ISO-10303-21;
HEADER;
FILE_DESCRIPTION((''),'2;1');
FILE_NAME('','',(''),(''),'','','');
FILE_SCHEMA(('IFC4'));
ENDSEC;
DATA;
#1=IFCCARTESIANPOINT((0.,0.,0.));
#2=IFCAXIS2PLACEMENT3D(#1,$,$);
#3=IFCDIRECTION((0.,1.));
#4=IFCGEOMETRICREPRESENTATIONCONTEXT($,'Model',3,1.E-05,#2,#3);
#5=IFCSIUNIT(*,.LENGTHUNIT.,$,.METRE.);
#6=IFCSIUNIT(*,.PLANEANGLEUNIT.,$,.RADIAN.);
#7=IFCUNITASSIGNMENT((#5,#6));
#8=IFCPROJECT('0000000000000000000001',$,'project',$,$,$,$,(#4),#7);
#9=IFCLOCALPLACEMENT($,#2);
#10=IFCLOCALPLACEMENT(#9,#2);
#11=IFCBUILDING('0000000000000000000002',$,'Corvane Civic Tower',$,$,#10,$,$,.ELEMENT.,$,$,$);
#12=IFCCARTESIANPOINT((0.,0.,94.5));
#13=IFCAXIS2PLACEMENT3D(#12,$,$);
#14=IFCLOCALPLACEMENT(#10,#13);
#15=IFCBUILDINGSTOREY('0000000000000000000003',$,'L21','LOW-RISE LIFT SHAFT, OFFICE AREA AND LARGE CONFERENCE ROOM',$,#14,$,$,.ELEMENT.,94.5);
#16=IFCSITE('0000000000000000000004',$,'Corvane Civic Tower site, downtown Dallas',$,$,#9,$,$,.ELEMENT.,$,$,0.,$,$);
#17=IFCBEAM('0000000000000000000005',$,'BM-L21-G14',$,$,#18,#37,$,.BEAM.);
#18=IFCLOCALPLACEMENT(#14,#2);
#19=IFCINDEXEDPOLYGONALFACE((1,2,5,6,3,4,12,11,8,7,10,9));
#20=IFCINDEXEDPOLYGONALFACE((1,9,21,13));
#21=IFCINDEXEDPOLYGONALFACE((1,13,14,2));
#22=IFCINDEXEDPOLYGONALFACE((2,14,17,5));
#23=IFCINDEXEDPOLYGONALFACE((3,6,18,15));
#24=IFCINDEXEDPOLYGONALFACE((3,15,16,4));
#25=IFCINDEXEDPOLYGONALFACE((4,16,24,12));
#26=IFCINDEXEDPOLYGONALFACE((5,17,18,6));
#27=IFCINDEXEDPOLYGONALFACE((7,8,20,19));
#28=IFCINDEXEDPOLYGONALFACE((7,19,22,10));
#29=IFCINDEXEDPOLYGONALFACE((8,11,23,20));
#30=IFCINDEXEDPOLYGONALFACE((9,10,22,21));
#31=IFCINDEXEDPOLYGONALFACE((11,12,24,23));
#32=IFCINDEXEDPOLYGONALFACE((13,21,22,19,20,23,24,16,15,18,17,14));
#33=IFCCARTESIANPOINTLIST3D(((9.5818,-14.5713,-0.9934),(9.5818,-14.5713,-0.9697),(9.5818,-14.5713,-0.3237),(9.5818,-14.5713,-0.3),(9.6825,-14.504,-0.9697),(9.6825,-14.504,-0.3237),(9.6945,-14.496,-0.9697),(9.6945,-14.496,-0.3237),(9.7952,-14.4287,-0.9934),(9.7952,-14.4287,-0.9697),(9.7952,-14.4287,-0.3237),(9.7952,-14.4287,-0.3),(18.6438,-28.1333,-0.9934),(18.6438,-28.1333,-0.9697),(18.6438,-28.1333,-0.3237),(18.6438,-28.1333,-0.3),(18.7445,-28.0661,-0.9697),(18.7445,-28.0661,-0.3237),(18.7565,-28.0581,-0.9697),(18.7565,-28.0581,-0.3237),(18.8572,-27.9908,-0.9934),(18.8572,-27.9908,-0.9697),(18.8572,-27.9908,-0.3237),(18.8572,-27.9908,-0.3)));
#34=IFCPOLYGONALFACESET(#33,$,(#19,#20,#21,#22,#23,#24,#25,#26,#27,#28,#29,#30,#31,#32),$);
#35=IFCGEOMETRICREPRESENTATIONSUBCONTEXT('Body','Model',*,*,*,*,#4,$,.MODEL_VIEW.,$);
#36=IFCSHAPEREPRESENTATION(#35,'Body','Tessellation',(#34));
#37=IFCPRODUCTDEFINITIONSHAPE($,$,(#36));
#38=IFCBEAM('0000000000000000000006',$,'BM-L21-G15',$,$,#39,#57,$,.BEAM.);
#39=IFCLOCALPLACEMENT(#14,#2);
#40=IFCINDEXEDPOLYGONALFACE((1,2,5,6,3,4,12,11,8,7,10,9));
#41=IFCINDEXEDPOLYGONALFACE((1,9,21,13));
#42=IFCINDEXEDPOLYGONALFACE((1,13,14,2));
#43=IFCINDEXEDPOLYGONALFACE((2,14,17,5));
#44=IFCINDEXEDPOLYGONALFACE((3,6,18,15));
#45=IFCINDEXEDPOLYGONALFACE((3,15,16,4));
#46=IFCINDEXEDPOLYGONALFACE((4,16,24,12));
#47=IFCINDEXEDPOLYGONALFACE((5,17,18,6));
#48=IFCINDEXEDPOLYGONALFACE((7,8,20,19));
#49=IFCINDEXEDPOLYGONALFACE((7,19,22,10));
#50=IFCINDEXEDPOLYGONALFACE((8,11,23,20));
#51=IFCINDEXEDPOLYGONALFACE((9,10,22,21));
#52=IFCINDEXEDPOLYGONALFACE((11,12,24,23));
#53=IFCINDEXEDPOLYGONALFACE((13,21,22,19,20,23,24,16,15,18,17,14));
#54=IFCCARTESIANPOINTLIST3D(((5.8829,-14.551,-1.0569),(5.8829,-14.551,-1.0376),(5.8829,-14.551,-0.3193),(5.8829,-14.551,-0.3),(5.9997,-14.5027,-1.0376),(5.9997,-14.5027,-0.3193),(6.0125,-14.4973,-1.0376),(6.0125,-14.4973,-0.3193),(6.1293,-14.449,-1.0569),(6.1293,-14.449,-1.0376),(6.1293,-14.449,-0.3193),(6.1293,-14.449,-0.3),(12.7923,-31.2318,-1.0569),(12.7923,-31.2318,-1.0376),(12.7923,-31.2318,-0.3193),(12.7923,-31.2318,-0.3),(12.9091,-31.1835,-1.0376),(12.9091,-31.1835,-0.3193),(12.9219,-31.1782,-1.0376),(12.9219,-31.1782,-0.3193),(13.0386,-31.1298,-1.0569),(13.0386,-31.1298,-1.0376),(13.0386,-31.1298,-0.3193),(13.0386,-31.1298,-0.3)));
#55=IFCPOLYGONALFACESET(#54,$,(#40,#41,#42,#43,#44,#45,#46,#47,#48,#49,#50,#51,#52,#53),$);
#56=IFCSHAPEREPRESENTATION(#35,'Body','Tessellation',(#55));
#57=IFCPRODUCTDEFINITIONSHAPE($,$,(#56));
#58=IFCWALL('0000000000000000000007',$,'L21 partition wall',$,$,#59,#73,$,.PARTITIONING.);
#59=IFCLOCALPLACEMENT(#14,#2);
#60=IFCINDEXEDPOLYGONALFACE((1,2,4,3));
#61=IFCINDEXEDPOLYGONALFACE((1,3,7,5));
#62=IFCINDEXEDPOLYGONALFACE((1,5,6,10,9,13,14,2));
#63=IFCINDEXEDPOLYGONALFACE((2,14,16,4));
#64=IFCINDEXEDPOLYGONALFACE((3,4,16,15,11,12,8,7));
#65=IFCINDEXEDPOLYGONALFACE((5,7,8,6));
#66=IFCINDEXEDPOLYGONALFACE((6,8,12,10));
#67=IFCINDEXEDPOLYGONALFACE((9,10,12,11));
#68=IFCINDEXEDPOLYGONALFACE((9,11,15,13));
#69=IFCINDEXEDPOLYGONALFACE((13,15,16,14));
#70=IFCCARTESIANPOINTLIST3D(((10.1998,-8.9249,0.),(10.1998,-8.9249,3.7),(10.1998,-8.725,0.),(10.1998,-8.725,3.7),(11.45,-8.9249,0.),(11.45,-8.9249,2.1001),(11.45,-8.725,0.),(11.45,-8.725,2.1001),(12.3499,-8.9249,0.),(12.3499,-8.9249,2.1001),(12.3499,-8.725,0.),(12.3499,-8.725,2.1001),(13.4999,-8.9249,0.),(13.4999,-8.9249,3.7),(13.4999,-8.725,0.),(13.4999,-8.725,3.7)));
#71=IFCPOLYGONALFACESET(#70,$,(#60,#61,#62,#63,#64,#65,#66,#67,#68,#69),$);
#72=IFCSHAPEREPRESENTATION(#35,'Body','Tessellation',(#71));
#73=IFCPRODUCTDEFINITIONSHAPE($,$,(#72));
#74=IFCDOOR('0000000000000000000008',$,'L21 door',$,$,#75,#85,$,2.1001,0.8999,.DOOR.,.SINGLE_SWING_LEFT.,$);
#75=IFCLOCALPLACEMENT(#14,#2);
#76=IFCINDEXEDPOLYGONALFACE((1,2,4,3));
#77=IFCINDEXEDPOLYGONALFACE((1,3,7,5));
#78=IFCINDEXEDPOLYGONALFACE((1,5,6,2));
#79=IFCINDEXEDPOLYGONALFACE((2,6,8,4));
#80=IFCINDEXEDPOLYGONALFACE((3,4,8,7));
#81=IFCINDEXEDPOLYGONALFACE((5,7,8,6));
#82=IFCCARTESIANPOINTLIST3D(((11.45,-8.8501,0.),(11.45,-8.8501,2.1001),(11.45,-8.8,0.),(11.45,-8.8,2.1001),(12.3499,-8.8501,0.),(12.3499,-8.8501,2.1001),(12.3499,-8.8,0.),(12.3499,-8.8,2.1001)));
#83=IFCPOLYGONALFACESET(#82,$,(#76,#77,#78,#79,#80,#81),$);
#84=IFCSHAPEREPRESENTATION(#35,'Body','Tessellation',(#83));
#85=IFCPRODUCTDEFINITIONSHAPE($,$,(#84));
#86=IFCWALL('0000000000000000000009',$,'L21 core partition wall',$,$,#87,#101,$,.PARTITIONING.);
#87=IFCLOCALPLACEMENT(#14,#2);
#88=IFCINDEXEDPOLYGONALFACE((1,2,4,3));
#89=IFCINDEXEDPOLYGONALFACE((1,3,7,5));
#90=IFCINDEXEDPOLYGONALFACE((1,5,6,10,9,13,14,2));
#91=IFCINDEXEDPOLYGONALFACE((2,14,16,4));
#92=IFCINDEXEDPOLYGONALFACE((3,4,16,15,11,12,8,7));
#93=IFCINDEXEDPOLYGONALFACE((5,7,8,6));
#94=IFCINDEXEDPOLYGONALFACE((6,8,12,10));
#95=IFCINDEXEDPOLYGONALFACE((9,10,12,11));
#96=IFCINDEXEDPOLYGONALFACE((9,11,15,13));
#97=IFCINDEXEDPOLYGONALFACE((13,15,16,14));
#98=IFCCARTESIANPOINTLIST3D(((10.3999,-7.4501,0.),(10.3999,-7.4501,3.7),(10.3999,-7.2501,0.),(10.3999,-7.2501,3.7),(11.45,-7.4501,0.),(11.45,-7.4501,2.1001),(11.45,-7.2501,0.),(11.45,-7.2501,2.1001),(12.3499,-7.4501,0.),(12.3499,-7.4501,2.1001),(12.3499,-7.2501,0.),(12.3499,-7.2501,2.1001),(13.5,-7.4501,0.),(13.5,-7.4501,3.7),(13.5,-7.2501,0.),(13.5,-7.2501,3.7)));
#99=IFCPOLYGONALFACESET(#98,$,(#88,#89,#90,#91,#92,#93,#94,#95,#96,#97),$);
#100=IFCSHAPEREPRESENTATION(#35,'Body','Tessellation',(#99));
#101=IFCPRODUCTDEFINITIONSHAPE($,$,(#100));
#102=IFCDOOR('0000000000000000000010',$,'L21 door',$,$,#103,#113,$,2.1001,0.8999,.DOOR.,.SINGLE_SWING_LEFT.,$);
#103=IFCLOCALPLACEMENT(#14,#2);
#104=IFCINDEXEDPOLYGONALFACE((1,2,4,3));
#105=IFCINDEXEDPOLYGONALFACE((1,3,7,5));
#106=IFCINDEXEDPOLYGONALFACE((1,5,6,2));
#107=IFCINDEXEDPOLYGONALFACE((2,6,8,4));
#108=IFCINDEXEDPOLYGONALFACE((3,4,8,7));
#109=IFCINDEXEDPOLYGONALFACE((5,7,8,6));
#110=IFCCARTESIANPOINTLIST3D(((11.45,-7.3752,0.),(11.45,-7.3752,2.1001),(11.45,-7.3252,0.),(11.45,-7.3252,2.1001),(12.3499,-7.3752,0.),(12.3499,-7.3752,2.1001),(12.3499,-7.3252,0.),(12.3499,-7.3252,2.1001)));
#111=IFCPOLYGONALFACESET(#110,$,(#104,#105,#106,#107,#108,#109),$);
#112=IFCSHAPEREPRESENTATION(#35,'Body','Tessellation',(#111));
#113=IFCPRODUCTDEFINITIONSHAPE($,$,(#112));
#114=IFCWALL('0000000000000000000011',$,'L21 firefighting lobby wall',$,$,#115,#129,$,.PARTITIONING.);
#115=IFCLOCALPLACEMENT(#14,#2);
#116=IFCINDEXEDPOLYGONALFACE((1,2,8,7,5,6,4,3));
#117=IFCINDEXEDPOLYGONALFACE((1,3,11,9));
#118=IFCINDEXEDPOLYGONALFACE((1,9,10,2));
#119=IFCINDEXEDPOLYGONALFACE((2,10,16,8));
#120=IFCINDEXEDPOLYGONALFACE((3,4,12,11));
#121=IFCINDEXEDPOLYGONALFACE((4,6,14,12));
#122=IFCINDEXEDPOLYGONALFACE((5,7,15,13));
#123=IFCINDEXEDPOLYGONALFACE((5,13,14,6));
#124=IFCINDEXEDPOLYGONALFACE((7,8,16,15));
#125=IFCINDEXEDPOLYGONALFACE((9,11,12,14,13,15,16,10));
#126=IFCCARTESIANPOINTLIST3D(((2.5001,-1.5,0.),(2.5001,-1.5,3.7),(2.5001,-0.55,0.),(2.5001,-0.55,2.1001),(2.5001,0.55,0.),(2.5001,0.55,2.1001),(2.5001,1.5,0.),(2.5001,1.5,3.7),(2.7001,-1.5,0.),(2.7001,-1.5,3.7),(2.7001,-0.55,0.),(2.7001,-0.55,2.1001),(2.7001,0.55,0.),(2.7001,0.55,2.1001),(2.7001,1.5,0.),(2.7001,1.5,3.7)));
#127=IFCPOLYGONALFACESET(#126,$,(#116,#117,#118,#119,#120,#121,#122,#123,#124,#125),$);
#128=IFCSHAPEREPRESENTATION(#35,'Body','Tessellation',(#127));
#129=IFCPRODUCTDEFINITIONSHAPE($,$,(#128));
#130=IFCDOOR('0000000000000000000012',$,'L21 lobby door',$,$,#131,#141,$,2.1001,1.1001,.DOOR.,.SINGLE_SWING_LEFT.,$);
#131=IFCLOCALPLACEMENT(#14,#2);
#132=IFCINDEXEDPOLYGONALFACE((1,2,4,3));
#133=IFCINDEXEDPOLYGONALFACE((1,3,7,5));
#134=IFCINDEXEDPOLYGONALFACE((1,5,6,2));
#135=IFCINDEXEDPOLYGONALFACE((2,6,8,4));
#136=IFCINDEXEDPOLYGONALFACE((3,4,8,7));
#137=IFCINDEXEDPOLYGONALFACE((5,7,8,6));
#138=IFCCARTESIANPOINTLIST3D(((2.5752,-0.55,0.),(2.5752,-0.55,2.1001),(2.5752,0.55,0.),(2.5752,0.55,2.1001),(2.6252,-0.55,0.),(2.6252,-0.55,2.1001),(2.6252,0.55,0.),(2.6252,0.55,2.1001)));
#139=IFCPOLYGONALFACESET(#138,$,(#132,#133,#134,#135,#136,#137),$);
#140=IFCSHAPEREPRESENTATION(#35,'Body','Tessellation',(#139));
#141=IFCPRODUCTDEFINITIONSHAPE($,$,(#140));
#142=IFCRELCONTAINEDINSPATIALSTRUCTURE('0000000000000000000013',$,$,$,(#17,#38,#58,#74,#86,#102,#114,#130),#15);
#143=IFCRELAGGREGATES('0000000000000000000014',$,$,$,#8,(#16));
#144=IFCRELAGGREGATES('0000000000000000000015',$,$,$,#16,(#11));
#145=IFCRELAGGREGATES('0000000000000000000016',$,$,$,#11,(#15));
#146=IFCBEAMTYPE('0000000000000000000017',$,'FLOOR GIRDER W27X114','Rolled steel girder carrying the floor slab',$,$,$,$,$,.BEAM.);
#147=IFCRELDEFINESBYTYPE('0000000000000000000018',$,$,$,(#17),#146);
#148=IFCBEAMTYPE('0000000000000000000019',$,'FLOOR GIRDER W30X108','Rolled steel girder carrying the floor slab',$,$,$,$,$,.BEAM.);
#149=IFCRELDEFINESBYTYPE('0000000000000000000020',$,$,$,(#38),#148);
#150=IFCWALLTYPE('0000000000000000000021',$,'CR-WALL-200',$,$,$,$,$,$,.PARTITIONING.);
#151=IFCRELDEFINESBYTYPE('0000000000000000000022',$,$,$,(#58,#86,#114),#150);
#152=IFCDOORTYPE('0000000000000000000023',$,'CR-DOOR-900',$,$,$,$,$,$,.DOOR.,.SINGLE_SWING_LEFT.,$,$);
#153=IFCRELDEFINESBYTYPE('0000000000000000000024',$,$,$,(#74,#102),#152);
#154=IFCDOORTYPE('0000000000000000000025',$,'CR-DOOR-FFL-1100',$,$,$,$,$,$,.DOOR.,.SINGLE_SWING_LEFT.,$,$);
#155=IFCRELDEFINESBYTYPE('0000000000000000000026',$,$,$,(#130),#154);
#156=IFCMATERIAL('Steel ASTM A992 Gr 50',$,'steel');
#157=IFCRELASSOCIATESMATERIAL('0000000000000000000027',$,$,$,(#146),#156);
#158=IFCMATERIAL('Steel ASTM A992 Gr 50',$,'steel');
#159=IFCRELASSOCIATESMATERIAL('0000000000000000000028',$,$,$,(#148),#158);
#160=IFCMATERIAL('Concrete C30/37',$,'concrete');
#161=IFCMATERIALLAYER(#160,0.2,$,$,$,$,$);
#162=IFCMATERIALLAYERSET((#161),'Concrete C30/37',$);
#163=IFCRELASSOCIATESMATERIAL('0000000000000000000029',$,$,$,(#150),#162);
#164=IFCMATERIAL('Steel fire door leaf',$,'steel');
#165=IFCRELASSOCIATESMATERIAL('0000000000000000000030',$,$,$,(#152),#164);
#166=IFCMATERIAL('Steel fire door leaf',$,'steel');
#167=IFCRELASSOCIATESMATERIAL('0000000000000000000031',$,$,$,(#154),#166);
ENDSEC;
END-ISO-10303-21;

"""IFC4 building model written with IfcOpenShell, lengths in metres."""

from ifc_helpers import new_model, si_unit, direction, frame, frame_2d, origin, origin_2d, place, context, subcontext, project, spatial, rectangle, i_section, extrude, material, layer, layer_set, material_profile, profile_set, type_object, element, fill, save


model = new_model("IFC4")

# Units and contexts
model_context = context("Model", 3, precision=1e-05, world=origin(), true_north=direction((0.0, 1.0)))
body_context = subcontext(model_context, "Body", "Model", "MODEL_VIEW")
ifc_project = project(units=[si_unit("LENGTHUNIT", "METRE"), si_unit("PLANEANGLEUNIT", "RADIAN")], contexts=[model_context])

# Site, building, storey
site_placement = place(None, origin())
site = spatial("IfcSite", under=ifc_project, at=site_placement, Name="Corvane Civic Tower site, downtown Dallas", CompositionType="ELEMENT", RefElevation=0.0)
building_placement = place(site_placement, origin())
building = spatial("IfcBuilding", under=site, at=building_placement, Name="Corvane Civic Tower", CompositionType="ELEMENT")
storey_placement = place(building_placement, frame((0.0, 0.0, 94.5)))
storey = spatial("IfcBuildingStorey", under=building, at=storey_placement, Name="L21", Description="LOW-RISE LIFT SHAFT, OFFICE AREA AND LARGE CONFERENCE ROOM", CompositionType="ELEMENT", Elevation=94.5)

# Beams
ifc_material_1 = material(Name="Steel ASTM A992 Gr 50", Category="steel")
ifc_material_profile_1 = material_profile(ifc_material_1, i_section(OverallWidth=0.2566, OverallDepth=0.6934, WebThickness=0.0144, FlangeThickness=0.0237, at=origin_2d()), Name="W27X114")
ifc_profile_set_1 = profile_set([ifc_material_profile_1], Name="Steel ASTM A992 Gr 50")
beam_type_1 = type_object("IfcBeamType", Name="FLOOR GIRDER W27X114", Description="Rolled steel girder carrying the floor slab", PredefinedType="BEAM", material=ifc_profile_set_1)
beam_1_placement = place(storey_placement, frame((9.6885, -14.5, -0.6467), z_axis=(0.555577, -0.831465, 0.0), x_axis=(0.831465, 0.555577, 0.0)))
element("IfcBeam", 1, at=beam_1_placement, inside=storey, type_object=beam_type_1, Name="BM-L21-G14", PredefinedType="BEAM", context=body_context, shape_type="SweptSolid", body=[
    extrude(i_section(OverallWidth=0.2566, OverallDepth=0.6934, WebThickness=0.0144, FlangeThickness=0.0237, at=origin_2d()), origin(), (0.0, 0.0, 1.0), 16.311),
])
ifc_material_2 = material(Name="Steel ASTM A992 Gr 50", Category="steel")
ifc_material_profile_2 = material_profile(ifc_material_2, i_section(OverallWidth=0.2666, OverallDepth=0.7568, WebThickness=0.0139, FlangeThickness=0.0193, at=origin_2d()), Name="W30X108")
ifc_profile_set_2 = profile_set([ifc_material_profile_2], Name="Steel ASTM A992 Gr 50")
beam_type_2 = type_object("IfcBeamType", Name="FLOOR GIRDER W30X108", Description="Rolled steel girder carrying the floor slab", PredefinedType="BEAM", material=ifc_profile_set_2)
beam_2_placement = place(storey_placement, frame((6.0061, -14.5, -0.6785), z_axis=(0.382682, -0.92388, 0.0), x_axis=(0.92388, 0.382682, 0.0)))
element("IfcBeam", 2, at=beam_2_placement, inside=storey, type_object=beam_type_2, Name="BM-L21-G15", PredefinedType="BEAM", context=body_context, shape_type="SweptSolid", body=[
    extrude(i_section(OverallWidth=0.2666, OverallDepth=0.7568, WebThickness=0.0139, FlangeThickness=0.0193, at=origin_2d()), origin(), (0.0, 0.0, 1.0), 18.0552),
])

# Walls, openings, doors
ifc_material_3 = material(Name="Concrete C30/37", Category="concrete")
ifc_layer_1 = layer(ifc_material_3, 0.2)
ifc_layer_set_1 = layer_set([ifc_layer_1], Name="Concrete C30/37")
wall_type_1 = type_object("IfcWallType", Name="CR-WALL-200", PredefinedType="PARTITIONING", material=ifc_layer_set_1)
wall_1_placement = place(storey_placement, frame((10.2, -8.825, 0.0), z_axis=(0.0, 0.0, 1.0), x_axis=(1.0, 0.0, 0.0)))
wall_1 = element("IfcWall", 3, at=wall_1_placement, inside=storey, type_object=wall_type_1, Name="L21 partition wall", PredefinedType="PARTITIONING", context=body_context, shape_type="SweptSolid", body=[
    extrude(rectangle(XDim=3.3, YDim=0.2, at=frame_2d((1.6499, 0.0))), origin(), (0.0, 0.0, 1.0), 3.7),
])
opening_1_placement = place(wall_1_placement, frame((1.25, 0.0, 0.0)))
opening_1 = element("IfcOpeningElement", 4, at=opening_1_placement, cuts=wall_1, PredefinedType="OPENING", context=body_context, shape_type="SweptSolid", body=[
    extrude(rectangle(XDim=0.8999, YDim=2.1001, at=frame_2d((0.45, 1.05))), frame((0.0, 0.1099, 0.0), z_axis=(0.0, -1.0, 0.0), x_axis=(1.0, 0.0, 0.0)), (0.0, 0.0, 1.0), 0.22),
])
ifc_material_4 = material(Name="Steel fire door leaf", Category="steel")
door_type_1 = type_object("IfcDoorType", Name="CR-DOOR-900", OperationType="SINGLE_SWING_LEFT", PredefinedType="DOOR", material=ifc_material_4)
door_1_placement = place(opening_1_placement, origin())
door_1 = element("IfcDoor", 5, at=door_1_placement, inside=storey, type_object=door_type_1, Name="L21 door", OperationType="SINGLE_SWING_LEFT", OverallHeight=2.1001, OverallWidth=0.8999, PredefinedType="DOOR", context=body_context, shape_type="SweptSolid", body=[
    extrude(rectangle(XDim=0.8999, YDim=2.1001, at=frame_2d((0.45, 1.05))), frame((0.0, 0.0249, 0.0), z_axis=(0.0, -1.0, 0.0), x_axis=(1.0, 0.0, 0.0)), (0.0, 0.0, 1.0), 0.05),
])
fill(opening_1, door_1)
wall_2_placement = place(storey_placement, frame((10.3999, -7.3501, 0.0), z_axis=(0.0, 0.0, 1.0), x_axis=(1.0, 0.0, 0.0)))
wall_2 = element("IfcWall", 6, at=wall_2_placement, inside=storey, type_object=wall_type_1, Name="L21 core partition wall", PredefinedType="PARTITIONING", context=body_context, shape_type="SweptSolid", body=[
    extrude(rectangle(XDim=3.1001, YDim=0.2, at=frame_2d((1.55, 0.0))), origin(), (0.0, 0.0, 1.0), 3.7),
])
opening_2_placement = place(wall_2_placement, frame((1.05, 0.0, 0.0)))
opening_2 = element("IfcOpeningElement", 7, at=opening_2_placement, cuts=wall_2, PredefinedType="OPENING", context=body_context, shape_type="SweptSolid", body=[
    extrude(rectangle(XDim=0.8999, YDim=2.1001, at=frame_2d((0.45, 1.05))), frame((0.0, 0.1099, 0.0), z_axis=(0.0, -1.0, 0.0), x_axis=(1.0, 0.0, 0.0)), (0.0, 0.0, 1.0), 0.22),
])
door_2_placement = place(opening_2_placement, origin())
door_2 = element("IfcDoor", 8, at=door_2_placement, inside=storey, type_object=door_type_1, Name="L21 door", OperationType="SINGLE_SWING_LEFT", OverallHeight=2.1001, OverallWidth=0.8999, PredefinedType="DOOR", context=body_context, shape_type="SweptSolid", body=[
    extrude(rectangle(XDim=0.8999, YDim=2.1001, at=frame_2d((0.45, 1.05))), frame((0.0, 0.0249, 0.0), z_axis=(0.0, -1.0, 0.0), x_axis=(1.0, 0.0, 0.0)), (0.0, 0.0, 1.0), 0.05),
])
fill(opening_2, door_2)
wall_3_placement = place(storey_placement, frame((2.6001, -1.5, 0.0), z_axis=(0.0, 0.0, 1.0), x_axis=(0.0, 1.0, 0.0)))
wall_3 = element("IfcWall", 9, at=wall_3_placement, inside=storey, type_object=wall_type_1, Name="L21 firefighting lobby wall", PredefinedType="PARTITIONING", context=body_context, shape_type="SweptSolid", body=[
    extrude(rectangle(XDim=3.0, YDim=0.2, at=frame_2d((1.5, 0.0))), origin(), (0.0, 0.0, 1.0), 3.7),
])
opening_3_placement = place(wall_3_placement, frame((0.95, 0.0, 0.0)))
opening_3 = element("IfcOpeningElement", 10, at=opening_3_placement, cuts=wall_3, PredefinedType="OPENING", context=body_context, shape_type="SweptSolid", body=[
    extrude(rectangle(XDim=1.1001, YDim=2.1001, at=frame_2d((0.55, 1.05))), frame((0.0, 0.1099, 0.0), z_axis=(0.0, -1.0, 0.0), x_axis=(1.0, 0.0, 0.0)), (0.0, 0.0, 1.0), 0.22),
])
ifc_material_5 = material(Name="Steel fire door leaf", Category="steel")
door_type_2 = type_object("IfcDoorType", Name="CR-DOOR-FFL-1100", OperationType="SINGLE_SWING_LEFT", PredefinedType="DOOR", material=ifc_material_5)
door_3_placement = place(opening_3_placement, origin())
door_3 = element("IfcDoor", 11, at=door_3_placement, inside=storey, type_object=door_type_2, Name="L21 lobby door", OperationType="SINGLE_SWING_LEFT", OverallHeight=2.1001, OverallWidth=1.1001, PredefinedType="DOOR", context=body_context, shape_type="SweptSolid", body=[
    extrude(rectangle(XDim=1.1001, YDim=2.1001, at=frame_2d((0.55, 1.05))), frame((0.0, 0.0249, 0.0), z_axis=(0.0, -1.0, 0.0), x_axis=(1.0, 0.0, 0.0)), (0.0, 0.0, 1.0), 0.05),
])
fill(opening_3, door_3)

save(model, "model.ifc")
